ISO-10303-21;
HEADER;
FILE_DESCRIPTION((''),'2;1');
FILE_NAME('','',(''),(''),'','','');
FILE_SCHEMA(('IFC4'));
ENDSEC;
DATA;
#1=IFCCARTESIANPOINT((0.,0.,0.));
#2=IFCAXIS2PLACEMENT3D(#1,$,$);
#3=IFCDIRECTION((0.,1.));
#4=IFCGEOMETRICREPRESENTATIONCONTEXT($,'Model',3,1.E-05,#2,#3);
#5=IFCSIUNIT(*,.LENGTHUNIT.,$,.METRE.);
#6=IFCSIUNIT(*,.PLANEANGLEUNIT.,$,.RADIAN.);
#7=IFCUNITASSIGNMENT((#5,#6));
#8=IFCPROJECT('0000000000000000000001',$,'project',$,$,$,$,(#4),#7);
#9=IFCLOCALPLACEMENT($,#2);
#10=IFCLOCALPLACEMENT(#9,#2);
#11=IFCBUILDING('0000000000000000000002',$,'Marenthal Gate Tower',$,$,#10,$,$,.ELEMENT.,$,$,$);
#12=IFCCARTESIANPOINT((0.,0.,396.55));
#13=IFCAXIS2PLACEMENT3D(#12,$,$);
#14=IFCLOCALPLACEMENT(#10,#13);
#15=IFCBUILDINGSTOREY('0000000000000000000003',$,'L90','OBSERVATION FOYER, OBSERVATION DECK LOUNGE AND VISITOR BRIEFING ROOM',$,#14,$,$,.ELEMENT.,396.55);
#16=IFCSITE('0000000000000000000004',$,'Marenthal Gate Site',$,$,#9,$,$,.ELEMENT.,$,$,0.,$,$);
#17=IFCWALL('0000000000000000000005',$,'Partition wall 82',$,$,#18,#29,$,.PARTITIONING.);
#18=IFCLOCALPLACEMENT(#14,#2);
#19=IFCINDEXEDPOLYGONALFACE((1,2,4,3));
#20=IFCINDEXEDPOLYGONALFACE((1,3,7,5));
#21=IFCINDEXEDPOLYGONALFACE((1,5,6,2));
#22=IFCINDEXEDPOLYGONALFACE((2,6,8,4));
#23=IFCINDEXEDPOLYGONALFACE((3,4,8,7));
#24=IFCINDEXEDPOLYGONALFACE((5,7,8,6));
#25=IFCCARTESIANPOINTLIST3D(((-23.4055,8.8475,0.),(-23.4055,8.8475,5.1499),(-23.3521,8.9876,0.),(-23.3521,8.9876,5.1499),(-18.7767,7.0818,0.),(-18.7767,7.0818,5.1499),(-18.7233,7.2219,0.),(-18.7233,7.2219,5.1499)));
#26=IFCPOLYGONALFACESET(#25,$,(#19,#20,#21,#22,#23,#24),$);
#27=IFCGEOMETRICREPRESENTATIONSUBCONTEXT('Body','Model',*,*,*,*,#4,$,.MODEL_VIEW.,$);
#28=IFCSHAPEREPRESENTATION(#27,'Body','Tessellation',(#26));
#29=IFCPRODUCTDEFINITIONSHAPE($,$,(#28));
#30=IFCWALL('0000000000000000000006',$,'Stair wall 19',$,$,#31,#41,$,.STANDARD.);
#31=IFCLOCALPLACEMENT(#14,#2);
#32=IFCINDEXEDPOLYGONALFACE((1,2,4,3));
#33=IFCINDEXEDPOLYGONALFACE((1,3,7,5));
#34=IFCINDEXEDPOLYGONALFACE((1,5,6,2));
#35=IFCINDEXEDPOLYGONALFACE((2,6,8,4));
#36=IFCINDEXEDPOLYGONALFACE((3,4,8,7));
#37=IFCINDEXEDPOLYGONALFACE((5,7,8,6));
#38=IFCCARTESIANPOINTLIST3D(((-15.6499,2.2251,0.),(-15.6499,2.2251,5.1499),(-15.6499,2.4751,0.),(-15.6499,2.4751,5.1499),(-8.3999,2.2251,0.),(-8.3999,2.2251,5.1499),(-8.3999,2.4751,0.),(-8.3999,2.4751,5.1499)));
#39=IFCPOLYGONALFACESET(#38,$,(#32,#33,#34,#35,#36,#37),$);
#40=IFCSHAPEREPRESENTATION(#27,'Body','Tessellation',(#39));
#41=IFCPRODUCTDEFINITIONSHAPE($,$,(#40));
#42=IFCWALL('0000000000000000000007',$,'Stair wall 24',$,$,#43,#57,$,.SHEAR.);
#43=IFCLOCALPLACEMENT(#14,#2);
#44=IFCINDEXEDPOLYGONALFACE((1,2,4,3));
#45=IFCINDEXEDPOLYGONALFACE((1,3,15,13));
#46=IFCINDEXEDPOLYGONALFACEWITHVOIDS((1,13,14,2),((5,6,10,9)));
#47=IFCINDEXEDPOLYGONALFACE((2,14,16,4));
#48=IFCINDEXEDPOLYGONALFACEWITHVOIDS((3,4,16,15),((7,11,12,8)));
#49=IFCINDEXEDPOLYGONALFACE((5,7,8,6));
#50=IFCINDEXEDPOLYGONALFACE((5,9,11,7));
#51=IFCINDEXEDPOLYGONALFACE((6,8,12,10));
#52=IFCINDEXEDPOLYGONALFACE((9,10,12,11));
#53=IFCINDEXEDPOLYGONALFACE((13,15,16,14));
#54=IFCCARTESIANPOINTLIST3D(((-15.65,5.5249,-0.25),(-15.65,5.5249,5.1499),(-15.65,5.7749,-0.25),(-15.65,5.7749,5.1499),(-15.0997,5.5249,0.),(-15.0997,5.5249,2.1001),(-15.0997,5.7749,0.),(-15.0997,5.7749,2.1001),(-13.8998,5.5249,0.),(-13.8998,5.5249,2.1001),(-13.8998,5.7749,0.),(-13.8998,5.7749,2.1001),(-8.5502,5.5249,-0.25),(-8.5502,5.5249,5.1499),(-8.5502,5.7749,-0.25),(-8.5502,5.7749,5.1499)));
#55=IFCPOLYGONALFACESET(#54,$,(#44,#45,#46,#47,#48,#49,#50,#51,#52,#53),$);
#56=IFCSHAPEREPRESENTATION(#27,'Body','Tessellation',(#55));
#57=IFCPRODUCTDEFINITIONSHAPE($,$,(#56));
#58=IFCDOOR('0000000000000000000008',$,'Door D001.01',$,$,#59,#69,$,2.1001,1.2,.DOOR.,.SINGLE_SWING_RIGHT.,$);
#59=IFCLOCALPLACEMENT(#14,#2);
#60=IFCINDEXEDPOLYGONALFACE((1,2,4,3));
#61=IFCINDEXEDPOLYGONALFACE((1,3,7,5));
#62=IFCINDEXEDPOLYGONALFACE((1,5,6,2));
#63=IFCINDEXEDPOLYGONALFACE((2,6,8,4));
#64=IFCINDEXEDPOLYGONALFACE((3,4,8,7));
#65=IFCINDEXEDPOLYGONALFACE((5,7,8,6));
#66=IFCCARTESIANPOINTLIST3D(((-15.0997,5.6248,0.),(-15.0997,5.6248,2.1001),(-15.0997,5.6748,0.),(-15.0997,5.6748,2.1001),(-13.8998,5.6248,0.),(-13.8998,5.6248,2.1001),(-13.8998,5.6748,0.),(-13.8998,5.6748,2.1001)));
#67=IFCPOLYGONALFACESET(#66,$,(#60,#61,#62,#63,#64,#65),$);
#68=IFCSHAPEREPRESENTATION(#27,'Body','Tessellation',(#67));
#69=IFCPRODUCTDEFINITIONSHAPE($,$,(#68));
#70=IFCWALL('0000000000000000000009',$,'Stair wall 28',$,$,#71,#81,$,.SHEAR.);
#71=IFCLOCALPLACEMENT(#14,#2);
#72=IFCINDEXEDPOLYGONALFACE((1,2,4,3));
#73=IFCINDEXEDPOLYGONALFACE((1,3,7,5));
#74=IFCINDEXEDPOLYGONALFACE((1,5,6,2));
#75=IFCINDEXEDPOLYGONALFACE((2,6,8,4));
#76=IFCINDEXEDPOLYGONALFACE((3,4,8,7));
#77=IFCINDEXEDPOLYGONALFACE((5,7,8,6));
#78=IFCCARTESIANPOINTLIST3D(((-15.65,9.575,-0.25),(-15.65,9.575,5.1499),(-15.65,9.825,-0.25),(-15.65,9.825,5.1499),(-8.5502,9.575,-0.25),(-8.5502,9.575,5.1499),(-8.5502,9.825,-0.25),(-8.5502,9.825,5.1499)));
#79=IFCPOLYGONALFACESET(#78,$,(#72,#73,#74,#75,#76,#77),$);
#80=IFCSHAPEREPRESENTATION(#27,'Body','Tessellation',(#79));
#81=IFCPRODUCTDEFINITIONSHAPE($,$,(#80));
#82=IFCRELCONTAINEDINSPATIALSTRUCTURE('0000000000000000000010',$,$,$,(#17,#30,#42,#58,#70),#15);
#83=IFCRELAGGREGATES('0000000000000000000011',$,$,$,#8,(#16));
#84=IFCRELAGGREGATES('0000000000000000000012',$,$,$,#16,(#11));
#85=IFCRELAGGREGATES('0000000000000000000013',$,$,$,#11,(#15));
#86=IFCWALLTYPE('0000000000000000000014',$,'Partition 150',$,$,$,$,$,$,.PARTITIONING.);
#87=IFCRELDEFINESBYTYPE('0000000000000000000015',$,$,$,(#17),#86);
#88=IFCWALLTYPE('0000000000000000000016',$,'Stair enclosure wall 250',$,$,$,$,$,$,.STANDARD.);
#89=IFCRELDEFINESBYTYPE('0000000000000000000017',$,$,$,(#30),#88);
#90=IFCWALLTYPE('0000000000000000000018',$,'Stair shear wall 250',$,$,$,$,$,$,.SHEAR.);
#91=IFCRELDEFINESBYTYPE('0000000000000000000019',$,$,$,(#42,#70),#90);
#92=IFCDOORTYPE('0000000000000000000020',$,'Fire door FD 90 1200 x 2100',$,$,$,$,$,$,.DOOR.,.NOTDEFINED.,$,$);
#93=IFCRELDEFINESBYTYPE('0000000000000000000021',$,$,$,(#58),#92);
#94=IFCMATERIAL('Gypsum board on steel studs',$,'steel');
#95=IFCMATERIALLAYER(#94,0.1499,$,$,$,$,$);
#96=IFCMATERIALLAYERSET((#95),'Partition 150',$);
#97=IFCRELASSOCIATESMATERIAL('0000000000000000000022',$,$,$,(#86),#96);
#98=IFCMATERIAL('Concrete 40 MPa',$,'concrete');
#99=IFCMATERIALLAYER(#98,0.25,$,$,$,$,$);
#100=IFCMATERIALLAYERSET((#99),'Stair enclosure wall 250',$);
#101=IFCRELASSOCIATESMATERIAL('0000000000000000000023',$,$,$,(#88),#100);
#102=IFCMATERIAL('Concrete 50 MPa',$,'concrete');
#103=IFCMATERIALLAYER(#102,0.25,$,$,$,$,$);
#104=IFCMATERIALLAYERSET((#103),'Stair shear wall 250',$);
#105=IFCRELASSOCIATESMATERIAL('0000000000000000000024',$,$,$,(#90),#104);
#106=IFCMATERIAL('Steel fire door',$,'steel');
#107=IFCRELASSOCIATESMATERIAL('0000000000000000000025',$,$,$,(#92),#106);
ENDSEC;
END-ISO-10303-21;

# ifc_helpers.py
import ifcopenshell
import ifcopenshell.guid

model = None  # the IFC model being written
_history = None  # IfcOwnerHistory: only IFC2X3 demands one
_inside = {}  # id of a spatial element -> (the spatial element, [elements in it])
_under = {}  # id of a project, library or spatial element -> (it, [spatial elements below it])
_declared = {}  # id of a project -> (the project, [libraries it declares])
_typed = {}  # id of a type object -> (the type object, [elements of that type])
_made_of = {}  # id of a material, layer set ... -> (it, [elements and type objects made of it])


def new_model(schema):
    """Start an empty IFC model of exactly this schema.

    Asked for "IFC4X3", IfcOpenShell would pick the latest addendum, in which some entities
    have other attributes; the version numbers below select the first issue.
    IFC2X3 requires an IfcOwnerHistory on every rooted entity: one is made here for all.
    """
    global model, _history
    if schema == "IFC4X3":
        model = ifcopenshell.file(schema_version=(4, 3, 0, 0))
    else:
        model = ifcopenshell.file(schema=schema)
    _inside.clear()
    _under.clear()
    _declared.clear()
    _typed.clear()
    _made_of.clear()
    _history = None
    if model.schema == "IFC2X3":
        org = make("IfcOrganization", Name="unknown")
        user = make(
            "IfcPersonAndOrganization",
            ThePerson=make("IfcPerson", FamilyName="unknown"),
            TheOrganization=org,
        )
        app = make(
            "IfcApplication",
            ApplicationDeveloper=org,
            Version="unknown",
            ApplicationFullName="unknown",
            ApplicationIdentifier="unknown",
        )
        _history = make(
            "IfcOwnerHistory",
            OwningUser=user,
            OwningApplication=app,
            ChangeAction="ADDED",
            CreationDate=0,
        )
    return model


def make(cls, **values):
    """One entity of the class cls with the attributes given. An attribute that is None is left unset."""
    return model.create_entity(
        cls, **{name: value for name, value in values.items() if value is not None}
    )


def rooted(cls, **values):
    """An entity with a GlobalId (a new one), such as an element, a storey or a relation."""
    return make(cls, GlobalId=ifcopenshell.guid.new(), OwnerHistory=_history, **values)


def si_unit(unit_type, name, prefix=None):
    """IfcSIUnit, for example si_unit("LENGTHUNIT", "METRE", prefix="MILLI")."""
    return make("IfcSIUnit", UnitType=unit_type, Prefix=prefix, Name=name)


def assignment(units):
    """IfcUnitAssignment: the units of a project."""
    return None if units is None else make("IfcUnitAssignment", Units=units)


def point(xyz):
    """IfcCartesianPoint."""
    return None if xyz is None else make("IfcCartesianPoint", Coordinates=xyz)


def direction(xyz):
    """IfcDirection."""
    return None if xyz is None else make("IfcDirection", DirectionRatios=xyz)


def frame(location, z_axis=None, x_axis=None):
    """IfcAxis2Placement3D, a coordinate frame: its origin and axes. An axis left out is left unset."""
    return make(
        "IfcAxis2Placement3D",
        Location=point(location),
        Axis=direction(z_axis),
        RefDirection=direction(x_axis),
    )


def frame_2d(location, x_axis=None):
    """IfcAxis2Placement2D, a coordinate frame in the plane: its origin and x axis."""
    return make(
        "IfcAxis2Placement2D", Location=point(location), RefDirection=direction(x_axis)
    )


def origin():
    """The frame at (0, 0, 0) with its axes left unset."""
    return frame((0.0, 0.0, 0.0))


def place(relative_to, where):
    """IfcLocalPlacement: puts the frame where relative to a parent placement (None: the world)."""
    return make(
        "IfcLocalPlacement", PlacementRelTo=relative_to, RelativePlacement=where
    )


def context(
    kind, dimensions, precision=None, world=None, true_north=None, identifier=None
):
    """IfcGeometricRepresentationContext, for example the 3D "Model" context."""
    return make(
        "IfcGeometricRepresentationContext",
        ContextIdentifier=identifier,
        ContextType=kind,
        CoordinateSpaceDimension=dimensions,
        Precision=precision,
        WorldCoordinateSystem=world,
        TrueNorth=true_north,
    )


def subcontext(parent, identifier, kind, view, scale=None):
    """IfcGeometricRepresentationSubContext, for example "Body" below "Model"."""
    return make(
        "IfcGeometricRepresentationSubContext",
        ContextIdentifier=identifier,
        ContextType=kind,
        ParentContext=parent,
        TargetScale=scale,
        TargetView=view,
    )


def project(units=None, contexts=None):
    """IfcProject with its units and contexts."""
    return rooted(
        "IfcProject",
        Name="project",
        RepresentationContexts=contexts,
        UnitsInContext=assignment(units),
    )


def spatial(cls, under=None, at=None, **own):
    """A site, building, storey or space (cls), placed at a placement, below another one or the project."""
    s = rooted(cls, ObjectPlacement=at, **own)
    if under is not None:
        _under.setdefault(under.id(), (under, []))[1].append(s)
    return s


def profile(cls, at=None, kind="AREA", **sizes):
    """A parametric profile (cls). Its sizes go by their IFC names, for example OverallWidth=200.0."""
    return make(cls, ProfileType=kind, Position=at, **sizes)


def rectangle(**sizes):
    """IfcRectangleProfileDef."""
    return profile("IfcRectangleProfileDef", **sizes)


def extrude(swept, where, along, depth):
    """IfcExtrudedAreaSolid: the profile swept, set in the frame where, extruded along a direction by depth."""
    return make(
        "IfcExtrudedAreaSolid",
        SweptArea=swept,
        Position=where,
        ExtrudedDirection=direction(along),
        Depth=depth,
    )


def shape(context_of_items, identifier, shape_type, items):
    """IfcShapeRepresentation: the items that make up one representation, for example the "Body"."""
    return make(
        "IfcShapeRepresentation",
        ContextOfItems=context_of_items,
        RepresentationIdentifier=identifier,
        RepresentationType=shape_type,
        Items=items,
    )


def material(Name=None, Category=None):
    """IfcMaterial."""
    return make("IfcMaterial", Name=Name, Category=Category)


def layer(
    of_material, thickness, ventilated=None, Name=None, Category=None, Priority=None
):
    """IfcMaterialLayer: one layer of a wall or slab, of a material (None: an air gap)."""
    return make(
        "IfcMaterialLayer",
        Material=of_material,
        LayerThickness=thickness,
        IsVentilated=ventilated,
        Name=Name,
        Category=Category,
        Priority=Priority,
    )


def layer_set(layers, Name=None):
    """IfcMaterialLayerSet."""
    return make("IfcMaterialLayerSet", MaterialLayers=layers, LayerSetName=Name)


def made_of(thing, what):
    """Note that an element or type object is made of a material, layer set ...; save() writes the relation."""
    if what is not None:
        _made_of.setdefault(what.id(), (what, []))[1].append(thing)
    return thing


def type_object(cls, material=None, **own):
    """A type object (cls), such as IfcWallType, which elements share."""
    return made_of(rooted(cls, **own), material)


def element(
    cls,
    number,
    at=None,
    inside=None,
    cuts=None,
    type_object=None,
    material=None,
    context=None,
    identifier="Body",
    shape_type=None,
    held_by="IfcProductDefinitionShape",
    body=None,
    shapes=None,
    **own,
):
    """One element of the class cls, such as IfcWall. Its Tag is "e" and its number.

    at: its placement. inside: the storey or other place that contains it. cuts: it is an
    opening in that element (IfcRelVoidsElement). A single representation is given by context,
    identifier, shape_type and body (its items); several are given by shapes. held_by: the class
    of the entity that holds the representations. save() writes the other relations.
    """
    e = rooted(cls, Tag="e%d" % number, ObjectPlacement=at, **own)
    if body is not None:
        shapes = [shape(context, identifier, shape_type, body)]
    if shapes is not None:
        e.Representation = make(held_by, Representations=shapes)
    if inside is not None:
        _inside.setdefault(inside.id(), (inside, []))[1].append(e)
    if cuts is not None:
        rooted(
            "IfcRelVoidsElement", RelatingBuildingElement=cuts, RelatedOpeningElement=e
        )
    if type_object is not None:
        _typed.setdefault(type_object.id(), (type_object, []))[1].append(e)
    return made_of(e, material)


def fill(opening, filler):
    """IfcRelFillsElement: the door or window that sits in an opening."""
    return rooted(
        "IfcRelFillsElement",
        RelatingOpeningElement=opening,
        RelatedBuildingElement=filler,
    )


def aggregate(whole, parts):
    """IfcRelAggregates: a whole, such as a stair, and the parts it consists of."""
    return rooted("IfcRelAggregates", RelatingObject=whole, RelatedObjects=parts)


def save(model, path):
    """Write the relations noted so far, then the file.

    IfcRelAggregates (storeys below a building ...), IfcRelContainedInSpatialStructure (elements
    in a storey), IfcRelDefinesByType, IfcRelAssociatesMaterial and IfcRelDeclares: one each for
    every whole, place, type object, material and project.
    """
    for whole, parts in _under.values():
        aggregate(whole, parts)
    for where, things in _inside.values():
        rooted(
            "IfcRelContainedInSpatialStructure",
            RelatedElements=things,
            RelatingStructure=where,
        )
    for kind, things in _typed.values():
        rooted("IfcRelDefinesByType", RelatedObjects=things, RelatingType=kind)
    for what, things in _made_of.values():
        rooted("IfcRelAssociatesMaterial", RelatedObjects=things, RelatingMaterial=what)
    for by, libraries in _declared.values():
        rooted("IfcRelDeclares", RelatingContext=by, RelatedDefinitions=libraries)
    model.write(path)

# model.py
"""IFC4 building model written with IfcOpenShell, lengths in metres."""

from ifc_helpers import new_model, si_unit, direction, frame, frame_2d, origin, place, context, subcontext, project, spatial, rectangle, extrude, material, layer, layer_set, type_object, element, fill, save


model = new_model("IFC4")

# Units and contexts
model_context = context("Model", 3, precision=1e-05, world=origin(), true_north=direction((0.0, 1.0)))
body_context = subcontext(model_context, "Body", "Model", "MODEL_VIEW")
ifc_project = project(units=[si_unit("LENGTHUNIT", "METRE"), si_unit("PLANEANGLEUNIT", "RADIAN")], contexts=[model_context])

# Site, building, storey
site_placement = place(None, origin())
site = spatial("IfcSite", under=ifc_project, at=site_placement, Name="Marenthal Gate Site", CompositionType="ELEMENT", RefElevation=0.0)
building_placement = place(site_placement, origin())
building = spatial("IfcBuilding", under=site, at=building_placement, Name="Marenthal Gate Tower", CompositionType="ELEMENT")
storey_placement = place(building_placement, frame((0.0, 0.0, 396.55)))
storey = spatial("IfcBuildingStorey", under=building, at=storey_placement, Name="L90", Description="OBSERVATION FOYER, OBSERVATION DECK LOUNGE AND VISITOR BRIEFING ROOM", CompositionType="ELEMENT", Elevation=396.55)

# Walls
ifc_material_1 = material(Name="Gypsum board on steel studs", Category="steel")
ifc_layer_1 = layer(ifc_material_1, 0.1499)
ifc_layer_set_1 = layer_set([ifc_layer_1], Name="Partition 150")
wall_type_1 = type_object("IfcWallType", Name="Partition 150", PredefinedType="PARTITIONING", material=ifc_layer_set_1)
wall_1_placement = place(storey_placement, frame((-18.75, 7.1519, 0.0), z_axis=(0.0, 0.0, 1.0), x_axis=(-0.934332, 0.356405, 0.0)))
element("IfcWall", 1, at=wall_1_placement, inside=storey, type_object=wall_type_1, Name="Partition wall 82", PredefinedType="PARTITIONING", context=body_context, shape_type="SweptSolid", body=[
    extrude(rectangle(XDim=4.9541, YDim=0.1499, at=frame_2d((2.4771, 0.0))), origin(), (0.0, 0.0, 1.0), 5.1499),
])
ifc_material_2 = material(Name="Concrete 40 MPa", Category="concrete")
ifc_layer_2 = layer(ifc_material_2, 0.25)
ifc_layer_set_2 = layer_set([ifc_layer_2], Name="Stair enclosure wall 250")
wall_type_2 = type_object("IfcWallType", Name="Stair enclosure wall 250", PredefinedType="STANDARD", material=ifc_layer_set_2)
wall_2_placement = place(storey_placement, frame((-15.6499, 2.3501, 0.0), z_axis=(0.0, 0.0, 1.0), x_axis=(1.0, 0.0, 0.0)))
element("IfcWall", 2, at=wall_2_placement, inside=storey, type_object=wall_type_2, Name="Stair wall 19", PredefinedType="STANDARD", context=body_context, shape_type="SweptSolid", body=[
    extrude(rectangle(XDim=7.25, YDim=0.25, at=frame_2d((3.625, 0.0))), origin(), (0.0, 0.0, 1.0), 5.1499),
])

# Wall, opening, door
ifc_material_3 = material(Name="Concrete 50 MPa", Category="concrete")
ifc_layer_3 = layer(ifc_material_3, 0.25)
ifc_layer_set_3 = layer_set([ifc_layer_3], Name="Stair shear wall 250")
wall_type_3 = type_object("IfcWallType", Name="Stair shear wall 250", PredefinedType="SHEAR", material=ifc_layer_set_3)
wall_3_placement = place(storey_placement, frame((-15.6499, 5.6499, -0.25), z_axis=(0.0, 0.0, 1.0), x_axis=(1.0, 0.0, 0.0)))
wall_3 = element("IfcWall", 3, at=wall_3_placement, inside=storey, type_object=wall_type_3, Name="Stair wall 24", PredefinedType="SHEAR", context=body_context, shape_type="SweptSolid", body=[
    extrude(rectangle(XDim=7.0999, YDim=0.25, at=frame_2d((3.5498, 0.0))), origin(), (0.0, 0.0, 1.0), 5.3999),
])
opening_placement = place(wall_3_placement, frame((0.55, 0.0, 0.25)))
opening = element("IfcOpeningElement", 4, at=opening_placement, cuts=wall_3, PredefinedType="OPENING", context=body_context, shape_type="SweptSolid", body=[
    extrude(rectangle(XDim=1.2, YDim=2.1001, at=frame_2d((0.6001, 1.05))), frame((0.0, 0.135, 0.0), z_axis=(0.0, -1.0, 0.0), x_axis=(1.0, 0.0, 0.0)), (0.0, 0.0, 1.0), 0.27),
])
ifc_material_4 = material(Name="Steel fire door", Category="steel")
door_type = type_object("IfcDoorType", Name="Fire door FD 90 1200 x 2100", OperationType="NOTDEFINED", PredefinedType="DOOR", material=ifc_material_4)
door_placement = place(opening_placement, origin())
door = element("IfcDoor", 5, at=door_placement, inside=storey, type_object=door_type, Name="Door D001.01", OperationType="SINGLE_SWING_RIGHT", OverallHeight=2.1001, OverallWidth=1.2, PredefinedType="DOOR", context=body_context, shape_type="SweptSolid", body=[
    extrude(rectangle(XDim=1.2, YDim=2.1001, at=frame_2d((0.6001, 1.05))), frame((0.0, 0.0249, 0.0), z_axis=(0.0, -1.0, 0.0), x_axis=(1.0, 0.0, 0.0)), (0.0, 0.0, 1.0), 0.05),
])
fill(opening, door)

# Wall
wall_4_placement = place(storey_placement, frame((-15.6499, 9.7, -0.25), z_axis=(0.0, 0.0, 1.0), x_axis=(1.0, 0.0, 0.0)))
element("IfcWall", 6, at=wall_4_placement, inside=storey, type_object=wall_type_3, Name="Stair wall 28", PredefinedType="SHEAR", context=body_context, shape_type="SweptSolid", body=[
    extrude(rectangle(XDim=7.0999, YDim=0.25, at=frame_2d((3.5498, 0.0))), origin(), (0.0, 0.0, 1.0), 5.3999),
])

save(model, "model.ifc")
